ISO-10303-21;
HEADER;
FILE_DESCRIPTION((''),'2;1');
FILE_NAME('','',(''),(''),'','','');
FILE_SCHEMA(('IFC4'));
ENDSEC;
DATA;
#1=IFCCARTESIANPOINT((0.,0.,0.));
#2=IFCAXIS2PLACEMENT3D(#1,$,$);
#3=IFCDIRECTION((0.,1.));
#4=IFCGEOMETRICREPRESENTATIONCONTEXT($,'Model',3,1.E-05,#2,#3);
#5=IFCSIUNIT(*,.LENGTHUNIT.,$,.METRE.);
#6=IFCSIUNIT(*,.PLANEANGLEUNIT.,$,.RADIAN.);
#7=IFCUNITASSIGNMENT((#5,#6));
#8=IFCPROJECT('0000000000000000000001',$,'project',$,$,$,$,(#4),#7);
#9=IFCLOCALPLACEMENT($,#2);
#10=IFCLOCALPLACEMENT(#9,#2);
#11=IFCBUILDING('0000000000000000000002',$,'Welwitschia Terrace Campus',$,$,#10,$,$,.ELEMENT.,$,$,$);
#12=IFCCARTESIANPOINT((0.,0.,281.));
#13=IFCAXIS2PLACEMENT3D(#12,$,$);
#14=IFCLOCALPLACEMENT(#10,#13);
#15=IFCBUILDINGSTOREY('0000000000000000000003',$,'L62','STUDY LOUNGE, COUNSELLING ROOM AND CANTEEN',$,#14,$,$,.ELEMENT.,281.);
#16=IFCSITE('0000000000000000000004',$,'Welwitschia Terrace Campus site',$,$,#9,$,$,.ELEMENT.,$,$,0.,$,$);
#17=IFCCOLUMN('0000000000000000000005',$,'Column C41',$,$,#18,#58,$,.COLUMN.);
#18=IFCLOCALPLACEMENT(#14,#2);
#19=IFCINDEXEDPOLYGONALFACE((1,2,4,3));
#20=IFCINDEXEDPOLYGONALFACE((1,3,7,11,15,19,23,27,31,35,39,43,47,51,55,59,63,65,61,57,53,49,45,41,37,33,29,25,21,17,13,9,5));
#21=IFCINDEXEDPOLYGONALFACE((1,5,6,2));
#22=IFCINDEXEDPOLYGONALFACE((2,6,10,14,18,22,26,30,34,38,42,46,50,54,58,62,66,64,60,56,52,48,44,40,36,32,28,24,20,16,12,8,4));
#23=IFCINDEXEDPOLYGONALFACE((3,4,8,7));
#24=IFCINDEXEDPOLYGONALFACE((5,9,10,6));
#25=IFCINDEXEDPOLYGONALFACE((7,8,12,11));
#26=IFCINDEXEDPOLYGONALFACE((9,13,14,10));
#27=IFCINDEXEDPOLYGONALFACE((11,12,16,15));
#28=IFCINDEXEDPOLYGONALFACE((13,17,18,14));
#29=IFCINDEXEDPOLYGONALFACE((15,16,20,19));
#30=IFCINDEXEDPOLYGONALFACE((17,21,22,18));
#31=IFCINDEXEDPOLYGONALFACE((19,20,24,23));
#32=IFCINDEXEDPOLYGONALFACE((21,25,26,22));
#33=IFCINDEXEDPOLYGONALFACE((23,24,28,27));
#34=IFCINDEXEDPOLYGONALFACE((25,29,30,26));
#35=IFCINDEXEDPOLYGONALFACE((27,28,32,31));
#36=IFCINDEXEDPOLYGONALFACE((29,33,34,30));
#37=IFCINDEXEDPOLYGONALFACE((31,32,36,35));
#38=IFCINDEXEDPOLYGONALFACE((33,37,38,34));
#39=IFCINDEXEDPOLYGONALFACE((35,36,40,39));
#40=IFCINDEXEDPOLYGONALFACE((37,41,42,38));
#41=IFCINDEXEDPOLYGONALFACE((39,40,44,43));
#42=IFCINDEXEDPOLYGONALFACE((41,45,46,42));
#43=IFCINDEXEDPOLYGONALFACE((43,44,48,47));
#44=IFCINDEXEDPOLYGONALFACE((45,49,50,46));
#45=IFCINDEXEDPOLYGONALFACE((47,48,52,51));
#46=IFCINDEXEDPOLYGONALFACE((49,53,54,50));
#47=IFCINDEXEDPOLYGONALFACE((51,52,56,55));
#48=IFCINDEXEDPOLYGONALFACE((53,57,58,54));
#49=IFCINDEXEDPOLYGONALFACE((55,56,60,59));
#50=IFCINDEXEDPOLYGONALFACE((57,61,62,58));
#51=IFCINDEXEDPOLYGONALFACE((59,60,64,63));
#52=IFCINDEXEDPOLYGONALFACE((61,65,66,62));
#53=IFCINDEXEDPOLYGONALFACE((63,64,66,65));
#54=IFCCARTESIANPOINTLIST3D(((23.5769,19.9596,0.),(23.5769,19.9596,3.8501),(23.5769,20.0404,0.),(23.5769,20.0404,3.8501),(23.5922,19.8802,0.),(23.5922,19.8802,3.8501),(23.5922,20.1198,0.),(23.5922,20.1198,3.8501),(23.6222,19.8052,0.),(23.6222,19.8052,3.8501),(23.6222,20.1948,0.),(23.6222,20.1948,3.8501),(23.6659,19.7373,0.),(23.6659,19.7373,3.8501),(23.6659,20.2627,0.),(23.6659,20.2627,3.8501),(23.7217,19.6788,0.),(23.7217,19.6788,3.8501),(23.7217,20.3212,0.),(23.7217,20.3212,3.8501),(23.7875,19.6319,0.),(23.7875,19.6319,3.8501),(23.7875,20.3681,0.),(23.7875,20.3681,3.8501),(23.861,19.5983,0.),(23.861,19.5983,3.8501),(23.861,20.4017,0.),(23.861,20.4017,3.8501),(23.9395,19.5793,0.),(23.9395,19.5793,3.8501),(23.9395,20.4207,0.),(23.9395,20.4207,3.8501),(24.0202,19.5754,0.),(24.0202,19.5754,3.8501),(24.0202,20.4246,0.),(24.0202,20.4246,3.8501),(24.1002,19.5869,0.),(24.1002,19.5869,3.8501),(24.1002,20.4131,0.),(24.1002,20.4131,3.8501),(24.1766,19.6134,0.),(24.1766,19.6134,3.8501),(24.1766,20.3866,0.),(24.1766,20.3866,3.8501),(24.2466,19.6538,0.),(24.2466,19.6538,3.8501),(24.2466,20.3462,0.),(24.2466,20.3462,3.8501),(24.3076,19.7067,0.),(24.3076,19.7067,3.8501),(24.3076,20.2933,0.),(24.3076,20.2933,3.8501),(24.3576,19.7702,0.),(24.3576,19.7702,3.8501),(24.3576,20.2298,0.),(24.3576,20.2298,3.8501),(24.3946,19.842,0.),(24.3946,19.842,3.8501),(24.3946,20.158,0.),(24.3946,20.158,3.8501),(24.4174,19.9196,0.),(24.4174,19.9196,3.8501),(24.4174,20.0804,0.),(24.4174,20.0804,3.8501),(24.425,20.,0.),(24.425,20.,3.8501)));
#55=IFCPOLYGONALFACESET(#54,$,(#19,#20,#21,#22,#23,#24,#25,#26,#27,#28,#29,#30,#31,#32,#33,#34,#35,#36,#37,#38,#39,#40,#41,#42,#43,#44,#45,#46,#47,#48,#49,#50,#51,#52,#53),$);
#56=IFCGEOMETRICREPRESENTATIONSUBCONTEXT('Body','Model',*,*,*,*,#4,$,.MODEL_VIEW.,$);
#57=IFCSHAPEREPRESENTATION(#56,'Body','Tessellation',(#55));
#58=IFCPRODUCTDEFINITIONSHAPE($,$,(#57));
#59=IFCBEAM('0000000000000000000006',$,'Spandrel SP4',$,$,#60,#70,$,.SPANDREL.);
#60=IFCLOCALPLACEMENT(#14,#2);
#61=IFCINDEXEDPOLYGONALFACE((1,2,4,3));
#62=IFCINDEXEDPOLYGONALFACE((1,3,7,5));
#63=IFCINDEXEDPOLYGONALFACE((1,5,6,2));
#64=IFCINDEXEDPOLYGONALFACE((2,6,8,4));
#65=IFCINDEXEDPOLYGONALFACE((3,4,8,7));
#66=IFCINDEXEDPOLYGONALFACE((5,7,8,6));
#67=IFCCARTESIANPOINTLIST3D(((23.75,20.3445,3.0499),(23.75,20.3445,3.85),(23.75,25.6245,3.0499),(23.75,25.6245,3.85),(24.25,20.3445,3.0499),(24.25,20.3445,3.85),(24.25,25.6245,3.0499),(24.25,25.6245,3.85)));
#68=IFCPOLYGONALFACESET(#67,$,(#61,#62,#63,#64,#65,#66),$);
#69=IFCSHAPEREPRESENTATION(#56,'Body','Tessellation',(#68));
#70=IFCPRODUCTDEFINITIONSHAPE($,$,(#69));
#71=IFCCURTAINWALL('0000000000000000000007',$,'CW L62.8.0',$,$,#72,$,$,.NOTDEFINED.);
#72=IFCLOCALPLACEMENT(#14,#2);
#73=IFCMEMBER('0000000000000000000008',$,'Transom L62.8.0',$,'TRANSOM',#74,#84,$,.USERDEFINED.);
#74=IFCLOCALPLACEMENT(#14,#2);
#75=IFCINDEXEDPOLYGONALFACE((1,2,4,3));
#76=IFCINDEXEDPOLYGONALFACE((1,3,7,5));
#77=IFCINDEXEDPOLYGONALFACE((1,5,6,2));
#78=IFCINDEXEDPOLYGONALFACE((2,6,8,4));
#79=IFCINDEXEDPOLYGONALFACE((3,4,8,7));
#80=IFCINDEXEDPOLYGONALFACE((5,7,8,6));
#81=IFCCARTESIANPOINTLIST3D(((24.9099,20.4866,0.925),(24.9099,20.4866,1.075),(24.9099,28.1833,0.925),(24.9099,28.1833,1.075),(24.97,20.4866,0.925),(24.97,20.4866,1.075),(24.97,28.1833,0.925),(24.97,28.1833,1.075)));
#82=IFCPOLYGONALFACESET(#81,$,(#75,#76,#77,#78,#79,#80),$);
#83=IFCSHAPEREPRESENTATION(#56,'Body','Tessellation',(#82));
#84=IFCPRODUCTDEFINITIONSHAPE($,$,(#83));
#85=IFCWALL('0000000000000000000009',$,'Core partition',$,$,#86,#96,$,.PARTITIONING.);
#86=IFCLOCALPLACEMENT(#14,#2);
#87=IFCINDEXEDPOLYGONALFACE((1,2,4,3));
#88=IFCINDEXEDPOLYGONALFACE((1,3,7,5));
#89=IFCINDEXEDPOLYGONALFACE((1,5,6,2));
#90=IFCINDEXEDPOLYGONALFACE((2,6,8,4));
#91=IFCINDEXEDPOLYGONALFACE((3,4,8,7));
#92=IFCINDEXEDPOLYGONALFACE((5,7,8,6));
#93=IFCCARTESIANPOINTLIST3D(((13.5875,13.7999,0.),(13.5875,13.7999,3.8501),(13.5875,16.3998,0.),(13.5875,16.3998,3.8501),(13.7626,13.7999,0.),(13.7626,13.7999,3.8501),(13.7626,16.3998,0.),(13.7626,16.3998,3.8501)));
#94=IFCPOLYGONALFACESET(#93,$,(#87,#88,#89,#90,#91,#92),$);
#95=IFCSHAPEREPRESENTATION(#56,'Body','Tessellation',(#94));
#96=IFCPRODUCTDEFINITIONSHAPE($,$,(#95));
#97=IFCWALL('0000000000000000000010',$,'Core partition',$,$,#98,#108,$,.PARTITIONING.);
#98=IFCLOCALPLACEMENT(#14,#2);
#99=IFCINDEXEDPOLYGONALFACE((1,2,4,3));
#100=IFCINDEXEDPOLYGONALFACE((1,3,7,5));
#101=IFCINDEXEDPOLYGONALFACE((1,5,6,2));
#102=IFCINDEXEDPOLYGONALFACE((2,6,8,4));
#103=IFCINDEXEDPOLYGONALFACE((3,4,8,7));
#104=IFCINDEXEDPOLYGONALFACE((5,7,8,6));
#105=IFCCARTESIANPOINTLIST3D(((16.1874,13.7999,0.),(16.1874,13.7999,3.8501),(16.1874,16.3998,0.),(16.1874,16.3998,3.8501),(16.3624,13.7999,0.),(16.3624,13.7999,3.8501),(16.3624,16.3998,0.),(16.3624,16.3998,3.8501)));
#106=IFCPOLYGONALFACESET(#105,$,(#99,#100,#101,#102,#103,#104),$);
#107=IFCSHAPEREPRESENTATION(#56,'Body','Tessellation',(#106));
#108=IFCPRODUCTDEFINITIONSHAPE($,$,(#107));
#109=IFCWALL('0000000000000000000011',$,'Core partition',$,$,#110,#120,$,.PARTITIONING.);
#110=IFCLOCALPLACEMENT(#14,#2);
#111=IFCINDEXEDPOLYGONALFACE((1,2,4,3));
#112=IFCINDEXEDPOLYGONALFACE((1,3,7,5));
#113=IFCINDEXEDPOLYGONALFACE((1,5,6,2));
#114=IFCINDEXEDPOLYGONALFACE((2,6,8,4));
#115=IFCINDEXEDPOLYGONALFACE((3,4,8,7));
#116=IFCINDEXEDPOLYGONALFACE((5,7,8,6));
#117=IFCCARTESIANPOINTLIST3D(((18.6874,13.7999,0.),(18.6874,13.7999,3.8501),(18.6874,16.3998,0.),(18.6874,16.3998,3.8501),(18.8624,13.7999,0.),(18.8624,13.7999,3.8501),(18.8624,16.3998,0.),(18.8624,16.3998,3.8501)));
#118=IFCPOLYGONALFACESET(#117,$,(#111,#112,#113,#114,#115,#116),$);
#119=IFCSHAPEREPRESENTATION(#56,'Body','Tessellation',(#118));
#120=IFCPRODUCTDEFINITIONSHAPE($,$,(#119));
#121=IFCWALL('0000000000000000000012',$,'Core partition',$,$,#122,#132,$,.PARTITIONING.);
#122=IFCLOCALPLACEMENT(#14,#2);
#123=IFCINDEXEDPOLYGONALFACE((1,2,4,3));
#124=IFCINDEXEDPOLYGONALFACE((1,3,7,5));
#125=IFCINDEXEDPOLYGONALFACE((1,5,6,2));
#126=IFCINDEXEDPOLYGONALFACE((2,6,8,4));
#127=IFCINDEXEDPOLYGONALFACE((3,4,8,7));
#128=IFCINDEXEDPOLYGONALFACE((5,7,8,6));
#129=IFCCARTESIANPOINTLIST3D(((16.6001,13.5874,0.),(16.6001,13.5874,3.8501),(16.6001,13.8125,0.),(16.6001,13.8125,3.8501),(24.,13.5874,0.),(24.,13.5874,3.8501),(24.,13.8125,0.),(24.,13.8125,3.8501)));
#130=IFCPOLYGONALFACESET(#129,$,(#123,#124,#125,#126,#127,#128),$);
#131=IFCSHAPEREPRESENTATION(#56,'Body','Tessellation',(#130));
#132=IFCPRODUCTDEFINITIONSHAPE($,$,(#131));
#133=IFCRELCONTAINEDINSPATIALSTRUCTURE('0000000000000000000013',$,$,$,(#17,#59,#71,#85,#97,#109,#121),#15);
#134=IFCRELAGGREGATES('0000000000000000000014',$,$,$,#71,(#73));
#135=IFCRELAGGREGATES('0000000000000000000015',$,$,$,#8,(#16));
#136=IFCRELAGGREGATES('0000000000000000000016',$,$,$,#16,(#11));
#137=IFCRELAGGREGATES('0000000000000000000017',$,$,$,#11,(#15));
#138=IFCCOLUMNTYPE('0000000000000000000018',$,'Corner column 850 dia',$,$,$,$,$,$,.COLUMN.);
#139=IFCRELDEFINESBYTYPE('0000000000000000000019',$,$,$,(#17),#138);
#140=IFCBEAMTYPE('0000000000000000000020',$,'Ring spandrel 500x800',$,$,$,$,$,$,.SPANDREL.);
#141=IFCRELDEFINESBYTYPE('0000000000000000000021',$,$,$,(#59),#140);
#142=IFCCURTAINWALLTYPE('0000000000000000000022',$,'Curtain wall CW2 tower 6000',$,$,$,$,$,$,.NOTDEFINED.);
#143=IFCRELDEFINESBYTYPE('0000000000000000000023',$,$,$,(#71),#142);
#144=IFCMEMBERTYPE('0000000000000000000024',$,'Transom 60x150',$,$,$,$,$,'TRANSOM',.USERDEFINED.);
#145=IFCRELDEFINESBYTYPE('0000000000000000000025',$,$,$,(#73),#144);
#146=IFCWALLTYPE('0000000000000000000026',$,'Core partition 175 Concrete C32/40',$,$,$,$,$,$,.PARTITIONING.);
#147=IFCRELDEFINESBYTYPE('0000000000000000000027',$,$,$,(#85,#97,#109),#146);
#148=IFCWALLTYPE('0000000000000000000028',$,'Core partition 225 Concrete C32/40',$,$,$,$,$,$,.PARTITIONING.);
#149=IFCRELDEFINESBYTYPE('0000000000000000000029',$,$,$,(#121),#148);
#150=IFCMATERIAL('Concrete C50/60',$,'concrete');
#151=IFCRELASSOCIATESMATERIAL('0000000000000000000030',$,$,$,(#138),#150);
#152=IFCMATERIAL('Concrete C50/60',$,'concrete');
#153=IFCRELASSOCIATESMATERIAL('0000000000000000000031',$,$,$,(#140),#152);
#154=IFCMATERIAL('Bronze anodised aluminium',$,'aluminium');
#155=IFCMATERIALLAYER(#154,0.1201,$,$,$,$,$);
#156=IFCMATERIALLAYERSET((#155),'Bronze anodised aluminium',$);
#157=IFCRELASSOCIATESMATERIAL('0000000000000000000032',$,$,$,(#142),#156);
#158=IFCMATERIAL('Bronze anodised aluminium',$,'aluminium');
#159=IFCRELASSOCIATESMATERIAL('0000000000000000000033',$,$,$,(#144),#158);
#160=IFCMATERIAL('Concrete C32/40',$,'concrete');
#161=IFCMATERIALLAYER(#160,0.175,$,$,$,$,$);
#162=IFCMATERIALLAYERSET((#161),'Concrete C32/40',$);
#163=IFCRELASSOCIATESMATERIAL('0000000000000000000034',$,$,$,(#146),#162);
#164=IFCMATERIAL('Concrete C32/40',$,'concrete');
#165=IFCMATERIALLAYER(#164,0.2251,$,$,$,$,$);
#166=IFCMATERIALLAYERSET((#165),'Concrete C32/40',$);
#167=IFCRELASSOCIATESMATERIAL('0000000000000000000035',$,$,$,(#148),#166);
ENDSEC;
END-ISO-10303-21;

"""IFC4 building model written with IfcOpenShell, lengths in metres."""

from ifc_helpers import new_model, si_unit, direction, frame, frame_2d, origin, origin_2d, place, context, subcontext, project, spatial, rectangle, circle, extrude, material, layer, layer_set, material_profile, profile_set, type_object, element, aggregate, save


model = new_model("IFC4")

# Units and contexts
model_context = context("Model", 3, precision=1e-05, world=origin(), true_north=direction((0.0, 1.0)))
body_context = subcontext(model_context, "Body", "Model", "MODEL_VIEW")
ifc_project = project(units=[si_unit("LENGTHUNIT", "METRE"), si_unit("PLANEANGLEUNIT", "RADIAN")], contexts=[model_context])

# Site, building, storey
site_placement = place(None, origin())
site = spatial("IfcSite", under=ifc_project, at=site_placement, Name="Welwitschia Terrace Campus site", CompositionType="ELEMENT", RefElevation=0.0)
building_placement = place(site_placement, origin())
building = spatial("IfcBuilding", under=site, at=building_placement, Name="Welwitschia Terrace Campus", CompositionType="ELEMENT")
storey_placement = place(building_placement, frame((0.0, 0.0, 281.0)))
storey = spatial("IfcBuildingStorey", under=building, at=storey_placement, Name="L62", Description="STUDY LOUNGE, COUNSELLING ROOM AND CANTEEN", CompositionType="ELEMENT", Elevation=281.0)

# Column
ifc_material_1 = material(Name="Concrete C50/60", Category="concrete")
ifc_material_profile_1 = material_profile(ifc_material_1, circle(Radius=0.425, at=origin_2d()))
ifc_profile_set_1 = profile_set([ifc_material_profile_1], Name="Concrete C50/60")
column_type = type_object("IfcColumnType", Name="Corner column 850 dia", PredefinedType="COLUMN", material=ifc_profile_set_1)
column_placement = place(storey_placement, frame((24.0, 20.0, 0.0), z_axis=(0.0, 0.0, 1.0), x_axis=(1.0, 0.0, 0.0)))
element("IfcColumn", 1, at=column_placement, inside=storey, type_object=column_type, Name="Column C41", PredefinedType="COLUMN", context=body_context, shape_type="SweptSolid", body=[
    extrude(circle(Radius=0.425, at=origin_2d()), origin(), (0.0, 0.0, 1.0), 3.8501),
])

# Beam
ifc_material_2 = material(Name="Concrete C50/60", Category="concrete")
ifc_material_profile_2 = material_profile(ifc_material_2, rectangle(XDim=0.5, YDim=0.8, at=origin_2d()))
ifc_profile_set_2 = profile_set([ifc_material_profile_2], Name="Concrete C50/60")
beam_type = type_object("IfcBeamType", Name="Ring spandrel 500x800", PredefinedType="SPANDREL", material=ifc_profile_set_2)
beam_placement = place(storey_placement, frame((24.0, 20.3445, 3.45), z_axis=(0.0, 1.0, 0.0), x_axis=(-1.0, 0.0, 0.0)))
element("IfcBeam", 2, at=beam_placement, inside=storey, type_object=beam_type, Name="Spandrel SP4", PredefinedType="SPANDREL", context=body_context, shape_type="SweptSolid", body=[
    extrude(rectangle(XDim=0.5, YDim=0.8, at=origin_2d()), origin(), (0.0, 0.0, 1.0), 5.28),
])

# Curtain wall, member
ifc_material_3 = material(Name="Bronze anodised aluminium", Category="aluminium")
ifc_layer_1 = layer(ifc_material_3, 0.1201)
ifc_layer_set_1 = layer_set([ifc_layer_1], Name="Bronze anodised aluminium")
curtain_wall_type = type_object("IfcCurtainWallType", Name="Curtain wall CW2 tower 6000", PredefinedType="NOTDEFINED", material=ifc_layer_set_1)
curtain_wall_placement = place(storey_placement, origin())
curtain_wall = element("IfcCurtainWall", 3, at=curtain_wall_placement, inside=storey, type_object=curtain_wall_type, Name="CW L62.8.0", PredefinedType="NOTDEFINED")
ifc_material_4 = material(Name="Bronze anodised aluminium", Category="aluminium")
ifc_material_profile_3 = material_profile(ifc_material_4, rectangle(XDim=0.0601, YDim=0.1499, at=origin_2d()))
ifc_profile_set_3 = profile_set([ifc_material_profile_3], Name="Bronze anodised aluminium")
member_type = type_object("IfcMemberType", Name="Transom 60x150", ElementType="TRANSOM", PredefinedType="USERDEFINED", material=ifc_profile_set_3)
member_placement = place(storey_placement, frame((24.9399, 20.4866, 1.0), z_axis=(0.0, 1.0, 0.0), x_axis=(-1.0, 0.0, 0.0)))
member = element("IfcMember", 4, at=member_placement, type_object=member_type, Name="Transom L62.8.0", ObjectType="TRANSOM", PredefinedType="USERDEFINED", context=body_context, shape_type="SweptSolid", body=[
    extrude(rectangle(XDim=0.0601, YDim=0.1499, at=origin_2d()), origin(), (0.0, 0.0, 1.0), 7.6968),
])
aggregate(curtain_wall, [member])

# Walls
ifc_material_5 = material(Name="Concrete C32/40", Category="concrete")
ifc_layer_2 = layer(ifc_material_5, 0.175)
ifc_layer_set_2 = layer_set([ifc_layer_2], Name="Concrete C32/40")
wall_type_1 = type_object("IfcWallType", Name="Core partition 175 Concrete C32/40", PredefinedType="PARTITIONING", material=ifc_layer_set_2)
for number, where, z_axis, x_axis, name in (
    (5, (13.675, 13.8, 0.0), (0.0, 0.0, 1.0), (0.0, 1.0, 0.0), "Core partition"),
    (6, (16.2749, 13.8, 0.0), (0.0, 0.0, 1.0), (0.0, 1.0, 0.0), "Core partition"),
    (7, (18.7749, 13.8, 0.0), (0.0, 0.0, 1.0), (0.0, 1.0, 0.0), "Core partition"),
):
    element("IfcWall", number, at=place(storey_placement, frame(where, z_axis=z_axis, x_axis=x_axis)), inside=storey, type_object=wall_type_1, Name=name, PredefinedType="PARTITIONING", context=body_context, shape_type="SweptSolid", body=[
        extrude(rectangle(XDim=2.5999, YDim=0.175, at=frame_2d((1.2998, 0.0))), origin(), (0.0, 0.0, 1.0), 3.8501),
    ])
ifc_material_6 = material(Name="Concrete C32/40", Category="concrete")
ifc_layer_3 = layer(ifc_material_6, 0.2251)
ifc_layer_set_3 = layer_set([ifc_layer_3], Name="Concrete C32/40")
wall_type_2 = type_object("IfcWallType", Name="Core partition 225 Concrete C32/40", PredefinedType="PARTITIONING", material=ifc_layer_set_3)
wall_1_placement = place(storey_placement, frame((16.6001, 13.7, 0.0), z_axis=(0.0, 0.0, 1.0), x_axis=(1.0, 0.0, 0.0)))
element("IfcWall", 8, at=wall_1_placement, inside=storey, type_object=wall_type_2, Name="Core partition", PredefinedType="PARTITIONING", context=body_context, shape_type="SweptSolid", body=[
    extrude(rectangle(XDim=7.3999, YDim=0.2251, at=frame_2d((3.7, 0.0))), origin(), (0.0, 0.0, 1.0), 3.8501),
])

save(model, "model.ifc")
